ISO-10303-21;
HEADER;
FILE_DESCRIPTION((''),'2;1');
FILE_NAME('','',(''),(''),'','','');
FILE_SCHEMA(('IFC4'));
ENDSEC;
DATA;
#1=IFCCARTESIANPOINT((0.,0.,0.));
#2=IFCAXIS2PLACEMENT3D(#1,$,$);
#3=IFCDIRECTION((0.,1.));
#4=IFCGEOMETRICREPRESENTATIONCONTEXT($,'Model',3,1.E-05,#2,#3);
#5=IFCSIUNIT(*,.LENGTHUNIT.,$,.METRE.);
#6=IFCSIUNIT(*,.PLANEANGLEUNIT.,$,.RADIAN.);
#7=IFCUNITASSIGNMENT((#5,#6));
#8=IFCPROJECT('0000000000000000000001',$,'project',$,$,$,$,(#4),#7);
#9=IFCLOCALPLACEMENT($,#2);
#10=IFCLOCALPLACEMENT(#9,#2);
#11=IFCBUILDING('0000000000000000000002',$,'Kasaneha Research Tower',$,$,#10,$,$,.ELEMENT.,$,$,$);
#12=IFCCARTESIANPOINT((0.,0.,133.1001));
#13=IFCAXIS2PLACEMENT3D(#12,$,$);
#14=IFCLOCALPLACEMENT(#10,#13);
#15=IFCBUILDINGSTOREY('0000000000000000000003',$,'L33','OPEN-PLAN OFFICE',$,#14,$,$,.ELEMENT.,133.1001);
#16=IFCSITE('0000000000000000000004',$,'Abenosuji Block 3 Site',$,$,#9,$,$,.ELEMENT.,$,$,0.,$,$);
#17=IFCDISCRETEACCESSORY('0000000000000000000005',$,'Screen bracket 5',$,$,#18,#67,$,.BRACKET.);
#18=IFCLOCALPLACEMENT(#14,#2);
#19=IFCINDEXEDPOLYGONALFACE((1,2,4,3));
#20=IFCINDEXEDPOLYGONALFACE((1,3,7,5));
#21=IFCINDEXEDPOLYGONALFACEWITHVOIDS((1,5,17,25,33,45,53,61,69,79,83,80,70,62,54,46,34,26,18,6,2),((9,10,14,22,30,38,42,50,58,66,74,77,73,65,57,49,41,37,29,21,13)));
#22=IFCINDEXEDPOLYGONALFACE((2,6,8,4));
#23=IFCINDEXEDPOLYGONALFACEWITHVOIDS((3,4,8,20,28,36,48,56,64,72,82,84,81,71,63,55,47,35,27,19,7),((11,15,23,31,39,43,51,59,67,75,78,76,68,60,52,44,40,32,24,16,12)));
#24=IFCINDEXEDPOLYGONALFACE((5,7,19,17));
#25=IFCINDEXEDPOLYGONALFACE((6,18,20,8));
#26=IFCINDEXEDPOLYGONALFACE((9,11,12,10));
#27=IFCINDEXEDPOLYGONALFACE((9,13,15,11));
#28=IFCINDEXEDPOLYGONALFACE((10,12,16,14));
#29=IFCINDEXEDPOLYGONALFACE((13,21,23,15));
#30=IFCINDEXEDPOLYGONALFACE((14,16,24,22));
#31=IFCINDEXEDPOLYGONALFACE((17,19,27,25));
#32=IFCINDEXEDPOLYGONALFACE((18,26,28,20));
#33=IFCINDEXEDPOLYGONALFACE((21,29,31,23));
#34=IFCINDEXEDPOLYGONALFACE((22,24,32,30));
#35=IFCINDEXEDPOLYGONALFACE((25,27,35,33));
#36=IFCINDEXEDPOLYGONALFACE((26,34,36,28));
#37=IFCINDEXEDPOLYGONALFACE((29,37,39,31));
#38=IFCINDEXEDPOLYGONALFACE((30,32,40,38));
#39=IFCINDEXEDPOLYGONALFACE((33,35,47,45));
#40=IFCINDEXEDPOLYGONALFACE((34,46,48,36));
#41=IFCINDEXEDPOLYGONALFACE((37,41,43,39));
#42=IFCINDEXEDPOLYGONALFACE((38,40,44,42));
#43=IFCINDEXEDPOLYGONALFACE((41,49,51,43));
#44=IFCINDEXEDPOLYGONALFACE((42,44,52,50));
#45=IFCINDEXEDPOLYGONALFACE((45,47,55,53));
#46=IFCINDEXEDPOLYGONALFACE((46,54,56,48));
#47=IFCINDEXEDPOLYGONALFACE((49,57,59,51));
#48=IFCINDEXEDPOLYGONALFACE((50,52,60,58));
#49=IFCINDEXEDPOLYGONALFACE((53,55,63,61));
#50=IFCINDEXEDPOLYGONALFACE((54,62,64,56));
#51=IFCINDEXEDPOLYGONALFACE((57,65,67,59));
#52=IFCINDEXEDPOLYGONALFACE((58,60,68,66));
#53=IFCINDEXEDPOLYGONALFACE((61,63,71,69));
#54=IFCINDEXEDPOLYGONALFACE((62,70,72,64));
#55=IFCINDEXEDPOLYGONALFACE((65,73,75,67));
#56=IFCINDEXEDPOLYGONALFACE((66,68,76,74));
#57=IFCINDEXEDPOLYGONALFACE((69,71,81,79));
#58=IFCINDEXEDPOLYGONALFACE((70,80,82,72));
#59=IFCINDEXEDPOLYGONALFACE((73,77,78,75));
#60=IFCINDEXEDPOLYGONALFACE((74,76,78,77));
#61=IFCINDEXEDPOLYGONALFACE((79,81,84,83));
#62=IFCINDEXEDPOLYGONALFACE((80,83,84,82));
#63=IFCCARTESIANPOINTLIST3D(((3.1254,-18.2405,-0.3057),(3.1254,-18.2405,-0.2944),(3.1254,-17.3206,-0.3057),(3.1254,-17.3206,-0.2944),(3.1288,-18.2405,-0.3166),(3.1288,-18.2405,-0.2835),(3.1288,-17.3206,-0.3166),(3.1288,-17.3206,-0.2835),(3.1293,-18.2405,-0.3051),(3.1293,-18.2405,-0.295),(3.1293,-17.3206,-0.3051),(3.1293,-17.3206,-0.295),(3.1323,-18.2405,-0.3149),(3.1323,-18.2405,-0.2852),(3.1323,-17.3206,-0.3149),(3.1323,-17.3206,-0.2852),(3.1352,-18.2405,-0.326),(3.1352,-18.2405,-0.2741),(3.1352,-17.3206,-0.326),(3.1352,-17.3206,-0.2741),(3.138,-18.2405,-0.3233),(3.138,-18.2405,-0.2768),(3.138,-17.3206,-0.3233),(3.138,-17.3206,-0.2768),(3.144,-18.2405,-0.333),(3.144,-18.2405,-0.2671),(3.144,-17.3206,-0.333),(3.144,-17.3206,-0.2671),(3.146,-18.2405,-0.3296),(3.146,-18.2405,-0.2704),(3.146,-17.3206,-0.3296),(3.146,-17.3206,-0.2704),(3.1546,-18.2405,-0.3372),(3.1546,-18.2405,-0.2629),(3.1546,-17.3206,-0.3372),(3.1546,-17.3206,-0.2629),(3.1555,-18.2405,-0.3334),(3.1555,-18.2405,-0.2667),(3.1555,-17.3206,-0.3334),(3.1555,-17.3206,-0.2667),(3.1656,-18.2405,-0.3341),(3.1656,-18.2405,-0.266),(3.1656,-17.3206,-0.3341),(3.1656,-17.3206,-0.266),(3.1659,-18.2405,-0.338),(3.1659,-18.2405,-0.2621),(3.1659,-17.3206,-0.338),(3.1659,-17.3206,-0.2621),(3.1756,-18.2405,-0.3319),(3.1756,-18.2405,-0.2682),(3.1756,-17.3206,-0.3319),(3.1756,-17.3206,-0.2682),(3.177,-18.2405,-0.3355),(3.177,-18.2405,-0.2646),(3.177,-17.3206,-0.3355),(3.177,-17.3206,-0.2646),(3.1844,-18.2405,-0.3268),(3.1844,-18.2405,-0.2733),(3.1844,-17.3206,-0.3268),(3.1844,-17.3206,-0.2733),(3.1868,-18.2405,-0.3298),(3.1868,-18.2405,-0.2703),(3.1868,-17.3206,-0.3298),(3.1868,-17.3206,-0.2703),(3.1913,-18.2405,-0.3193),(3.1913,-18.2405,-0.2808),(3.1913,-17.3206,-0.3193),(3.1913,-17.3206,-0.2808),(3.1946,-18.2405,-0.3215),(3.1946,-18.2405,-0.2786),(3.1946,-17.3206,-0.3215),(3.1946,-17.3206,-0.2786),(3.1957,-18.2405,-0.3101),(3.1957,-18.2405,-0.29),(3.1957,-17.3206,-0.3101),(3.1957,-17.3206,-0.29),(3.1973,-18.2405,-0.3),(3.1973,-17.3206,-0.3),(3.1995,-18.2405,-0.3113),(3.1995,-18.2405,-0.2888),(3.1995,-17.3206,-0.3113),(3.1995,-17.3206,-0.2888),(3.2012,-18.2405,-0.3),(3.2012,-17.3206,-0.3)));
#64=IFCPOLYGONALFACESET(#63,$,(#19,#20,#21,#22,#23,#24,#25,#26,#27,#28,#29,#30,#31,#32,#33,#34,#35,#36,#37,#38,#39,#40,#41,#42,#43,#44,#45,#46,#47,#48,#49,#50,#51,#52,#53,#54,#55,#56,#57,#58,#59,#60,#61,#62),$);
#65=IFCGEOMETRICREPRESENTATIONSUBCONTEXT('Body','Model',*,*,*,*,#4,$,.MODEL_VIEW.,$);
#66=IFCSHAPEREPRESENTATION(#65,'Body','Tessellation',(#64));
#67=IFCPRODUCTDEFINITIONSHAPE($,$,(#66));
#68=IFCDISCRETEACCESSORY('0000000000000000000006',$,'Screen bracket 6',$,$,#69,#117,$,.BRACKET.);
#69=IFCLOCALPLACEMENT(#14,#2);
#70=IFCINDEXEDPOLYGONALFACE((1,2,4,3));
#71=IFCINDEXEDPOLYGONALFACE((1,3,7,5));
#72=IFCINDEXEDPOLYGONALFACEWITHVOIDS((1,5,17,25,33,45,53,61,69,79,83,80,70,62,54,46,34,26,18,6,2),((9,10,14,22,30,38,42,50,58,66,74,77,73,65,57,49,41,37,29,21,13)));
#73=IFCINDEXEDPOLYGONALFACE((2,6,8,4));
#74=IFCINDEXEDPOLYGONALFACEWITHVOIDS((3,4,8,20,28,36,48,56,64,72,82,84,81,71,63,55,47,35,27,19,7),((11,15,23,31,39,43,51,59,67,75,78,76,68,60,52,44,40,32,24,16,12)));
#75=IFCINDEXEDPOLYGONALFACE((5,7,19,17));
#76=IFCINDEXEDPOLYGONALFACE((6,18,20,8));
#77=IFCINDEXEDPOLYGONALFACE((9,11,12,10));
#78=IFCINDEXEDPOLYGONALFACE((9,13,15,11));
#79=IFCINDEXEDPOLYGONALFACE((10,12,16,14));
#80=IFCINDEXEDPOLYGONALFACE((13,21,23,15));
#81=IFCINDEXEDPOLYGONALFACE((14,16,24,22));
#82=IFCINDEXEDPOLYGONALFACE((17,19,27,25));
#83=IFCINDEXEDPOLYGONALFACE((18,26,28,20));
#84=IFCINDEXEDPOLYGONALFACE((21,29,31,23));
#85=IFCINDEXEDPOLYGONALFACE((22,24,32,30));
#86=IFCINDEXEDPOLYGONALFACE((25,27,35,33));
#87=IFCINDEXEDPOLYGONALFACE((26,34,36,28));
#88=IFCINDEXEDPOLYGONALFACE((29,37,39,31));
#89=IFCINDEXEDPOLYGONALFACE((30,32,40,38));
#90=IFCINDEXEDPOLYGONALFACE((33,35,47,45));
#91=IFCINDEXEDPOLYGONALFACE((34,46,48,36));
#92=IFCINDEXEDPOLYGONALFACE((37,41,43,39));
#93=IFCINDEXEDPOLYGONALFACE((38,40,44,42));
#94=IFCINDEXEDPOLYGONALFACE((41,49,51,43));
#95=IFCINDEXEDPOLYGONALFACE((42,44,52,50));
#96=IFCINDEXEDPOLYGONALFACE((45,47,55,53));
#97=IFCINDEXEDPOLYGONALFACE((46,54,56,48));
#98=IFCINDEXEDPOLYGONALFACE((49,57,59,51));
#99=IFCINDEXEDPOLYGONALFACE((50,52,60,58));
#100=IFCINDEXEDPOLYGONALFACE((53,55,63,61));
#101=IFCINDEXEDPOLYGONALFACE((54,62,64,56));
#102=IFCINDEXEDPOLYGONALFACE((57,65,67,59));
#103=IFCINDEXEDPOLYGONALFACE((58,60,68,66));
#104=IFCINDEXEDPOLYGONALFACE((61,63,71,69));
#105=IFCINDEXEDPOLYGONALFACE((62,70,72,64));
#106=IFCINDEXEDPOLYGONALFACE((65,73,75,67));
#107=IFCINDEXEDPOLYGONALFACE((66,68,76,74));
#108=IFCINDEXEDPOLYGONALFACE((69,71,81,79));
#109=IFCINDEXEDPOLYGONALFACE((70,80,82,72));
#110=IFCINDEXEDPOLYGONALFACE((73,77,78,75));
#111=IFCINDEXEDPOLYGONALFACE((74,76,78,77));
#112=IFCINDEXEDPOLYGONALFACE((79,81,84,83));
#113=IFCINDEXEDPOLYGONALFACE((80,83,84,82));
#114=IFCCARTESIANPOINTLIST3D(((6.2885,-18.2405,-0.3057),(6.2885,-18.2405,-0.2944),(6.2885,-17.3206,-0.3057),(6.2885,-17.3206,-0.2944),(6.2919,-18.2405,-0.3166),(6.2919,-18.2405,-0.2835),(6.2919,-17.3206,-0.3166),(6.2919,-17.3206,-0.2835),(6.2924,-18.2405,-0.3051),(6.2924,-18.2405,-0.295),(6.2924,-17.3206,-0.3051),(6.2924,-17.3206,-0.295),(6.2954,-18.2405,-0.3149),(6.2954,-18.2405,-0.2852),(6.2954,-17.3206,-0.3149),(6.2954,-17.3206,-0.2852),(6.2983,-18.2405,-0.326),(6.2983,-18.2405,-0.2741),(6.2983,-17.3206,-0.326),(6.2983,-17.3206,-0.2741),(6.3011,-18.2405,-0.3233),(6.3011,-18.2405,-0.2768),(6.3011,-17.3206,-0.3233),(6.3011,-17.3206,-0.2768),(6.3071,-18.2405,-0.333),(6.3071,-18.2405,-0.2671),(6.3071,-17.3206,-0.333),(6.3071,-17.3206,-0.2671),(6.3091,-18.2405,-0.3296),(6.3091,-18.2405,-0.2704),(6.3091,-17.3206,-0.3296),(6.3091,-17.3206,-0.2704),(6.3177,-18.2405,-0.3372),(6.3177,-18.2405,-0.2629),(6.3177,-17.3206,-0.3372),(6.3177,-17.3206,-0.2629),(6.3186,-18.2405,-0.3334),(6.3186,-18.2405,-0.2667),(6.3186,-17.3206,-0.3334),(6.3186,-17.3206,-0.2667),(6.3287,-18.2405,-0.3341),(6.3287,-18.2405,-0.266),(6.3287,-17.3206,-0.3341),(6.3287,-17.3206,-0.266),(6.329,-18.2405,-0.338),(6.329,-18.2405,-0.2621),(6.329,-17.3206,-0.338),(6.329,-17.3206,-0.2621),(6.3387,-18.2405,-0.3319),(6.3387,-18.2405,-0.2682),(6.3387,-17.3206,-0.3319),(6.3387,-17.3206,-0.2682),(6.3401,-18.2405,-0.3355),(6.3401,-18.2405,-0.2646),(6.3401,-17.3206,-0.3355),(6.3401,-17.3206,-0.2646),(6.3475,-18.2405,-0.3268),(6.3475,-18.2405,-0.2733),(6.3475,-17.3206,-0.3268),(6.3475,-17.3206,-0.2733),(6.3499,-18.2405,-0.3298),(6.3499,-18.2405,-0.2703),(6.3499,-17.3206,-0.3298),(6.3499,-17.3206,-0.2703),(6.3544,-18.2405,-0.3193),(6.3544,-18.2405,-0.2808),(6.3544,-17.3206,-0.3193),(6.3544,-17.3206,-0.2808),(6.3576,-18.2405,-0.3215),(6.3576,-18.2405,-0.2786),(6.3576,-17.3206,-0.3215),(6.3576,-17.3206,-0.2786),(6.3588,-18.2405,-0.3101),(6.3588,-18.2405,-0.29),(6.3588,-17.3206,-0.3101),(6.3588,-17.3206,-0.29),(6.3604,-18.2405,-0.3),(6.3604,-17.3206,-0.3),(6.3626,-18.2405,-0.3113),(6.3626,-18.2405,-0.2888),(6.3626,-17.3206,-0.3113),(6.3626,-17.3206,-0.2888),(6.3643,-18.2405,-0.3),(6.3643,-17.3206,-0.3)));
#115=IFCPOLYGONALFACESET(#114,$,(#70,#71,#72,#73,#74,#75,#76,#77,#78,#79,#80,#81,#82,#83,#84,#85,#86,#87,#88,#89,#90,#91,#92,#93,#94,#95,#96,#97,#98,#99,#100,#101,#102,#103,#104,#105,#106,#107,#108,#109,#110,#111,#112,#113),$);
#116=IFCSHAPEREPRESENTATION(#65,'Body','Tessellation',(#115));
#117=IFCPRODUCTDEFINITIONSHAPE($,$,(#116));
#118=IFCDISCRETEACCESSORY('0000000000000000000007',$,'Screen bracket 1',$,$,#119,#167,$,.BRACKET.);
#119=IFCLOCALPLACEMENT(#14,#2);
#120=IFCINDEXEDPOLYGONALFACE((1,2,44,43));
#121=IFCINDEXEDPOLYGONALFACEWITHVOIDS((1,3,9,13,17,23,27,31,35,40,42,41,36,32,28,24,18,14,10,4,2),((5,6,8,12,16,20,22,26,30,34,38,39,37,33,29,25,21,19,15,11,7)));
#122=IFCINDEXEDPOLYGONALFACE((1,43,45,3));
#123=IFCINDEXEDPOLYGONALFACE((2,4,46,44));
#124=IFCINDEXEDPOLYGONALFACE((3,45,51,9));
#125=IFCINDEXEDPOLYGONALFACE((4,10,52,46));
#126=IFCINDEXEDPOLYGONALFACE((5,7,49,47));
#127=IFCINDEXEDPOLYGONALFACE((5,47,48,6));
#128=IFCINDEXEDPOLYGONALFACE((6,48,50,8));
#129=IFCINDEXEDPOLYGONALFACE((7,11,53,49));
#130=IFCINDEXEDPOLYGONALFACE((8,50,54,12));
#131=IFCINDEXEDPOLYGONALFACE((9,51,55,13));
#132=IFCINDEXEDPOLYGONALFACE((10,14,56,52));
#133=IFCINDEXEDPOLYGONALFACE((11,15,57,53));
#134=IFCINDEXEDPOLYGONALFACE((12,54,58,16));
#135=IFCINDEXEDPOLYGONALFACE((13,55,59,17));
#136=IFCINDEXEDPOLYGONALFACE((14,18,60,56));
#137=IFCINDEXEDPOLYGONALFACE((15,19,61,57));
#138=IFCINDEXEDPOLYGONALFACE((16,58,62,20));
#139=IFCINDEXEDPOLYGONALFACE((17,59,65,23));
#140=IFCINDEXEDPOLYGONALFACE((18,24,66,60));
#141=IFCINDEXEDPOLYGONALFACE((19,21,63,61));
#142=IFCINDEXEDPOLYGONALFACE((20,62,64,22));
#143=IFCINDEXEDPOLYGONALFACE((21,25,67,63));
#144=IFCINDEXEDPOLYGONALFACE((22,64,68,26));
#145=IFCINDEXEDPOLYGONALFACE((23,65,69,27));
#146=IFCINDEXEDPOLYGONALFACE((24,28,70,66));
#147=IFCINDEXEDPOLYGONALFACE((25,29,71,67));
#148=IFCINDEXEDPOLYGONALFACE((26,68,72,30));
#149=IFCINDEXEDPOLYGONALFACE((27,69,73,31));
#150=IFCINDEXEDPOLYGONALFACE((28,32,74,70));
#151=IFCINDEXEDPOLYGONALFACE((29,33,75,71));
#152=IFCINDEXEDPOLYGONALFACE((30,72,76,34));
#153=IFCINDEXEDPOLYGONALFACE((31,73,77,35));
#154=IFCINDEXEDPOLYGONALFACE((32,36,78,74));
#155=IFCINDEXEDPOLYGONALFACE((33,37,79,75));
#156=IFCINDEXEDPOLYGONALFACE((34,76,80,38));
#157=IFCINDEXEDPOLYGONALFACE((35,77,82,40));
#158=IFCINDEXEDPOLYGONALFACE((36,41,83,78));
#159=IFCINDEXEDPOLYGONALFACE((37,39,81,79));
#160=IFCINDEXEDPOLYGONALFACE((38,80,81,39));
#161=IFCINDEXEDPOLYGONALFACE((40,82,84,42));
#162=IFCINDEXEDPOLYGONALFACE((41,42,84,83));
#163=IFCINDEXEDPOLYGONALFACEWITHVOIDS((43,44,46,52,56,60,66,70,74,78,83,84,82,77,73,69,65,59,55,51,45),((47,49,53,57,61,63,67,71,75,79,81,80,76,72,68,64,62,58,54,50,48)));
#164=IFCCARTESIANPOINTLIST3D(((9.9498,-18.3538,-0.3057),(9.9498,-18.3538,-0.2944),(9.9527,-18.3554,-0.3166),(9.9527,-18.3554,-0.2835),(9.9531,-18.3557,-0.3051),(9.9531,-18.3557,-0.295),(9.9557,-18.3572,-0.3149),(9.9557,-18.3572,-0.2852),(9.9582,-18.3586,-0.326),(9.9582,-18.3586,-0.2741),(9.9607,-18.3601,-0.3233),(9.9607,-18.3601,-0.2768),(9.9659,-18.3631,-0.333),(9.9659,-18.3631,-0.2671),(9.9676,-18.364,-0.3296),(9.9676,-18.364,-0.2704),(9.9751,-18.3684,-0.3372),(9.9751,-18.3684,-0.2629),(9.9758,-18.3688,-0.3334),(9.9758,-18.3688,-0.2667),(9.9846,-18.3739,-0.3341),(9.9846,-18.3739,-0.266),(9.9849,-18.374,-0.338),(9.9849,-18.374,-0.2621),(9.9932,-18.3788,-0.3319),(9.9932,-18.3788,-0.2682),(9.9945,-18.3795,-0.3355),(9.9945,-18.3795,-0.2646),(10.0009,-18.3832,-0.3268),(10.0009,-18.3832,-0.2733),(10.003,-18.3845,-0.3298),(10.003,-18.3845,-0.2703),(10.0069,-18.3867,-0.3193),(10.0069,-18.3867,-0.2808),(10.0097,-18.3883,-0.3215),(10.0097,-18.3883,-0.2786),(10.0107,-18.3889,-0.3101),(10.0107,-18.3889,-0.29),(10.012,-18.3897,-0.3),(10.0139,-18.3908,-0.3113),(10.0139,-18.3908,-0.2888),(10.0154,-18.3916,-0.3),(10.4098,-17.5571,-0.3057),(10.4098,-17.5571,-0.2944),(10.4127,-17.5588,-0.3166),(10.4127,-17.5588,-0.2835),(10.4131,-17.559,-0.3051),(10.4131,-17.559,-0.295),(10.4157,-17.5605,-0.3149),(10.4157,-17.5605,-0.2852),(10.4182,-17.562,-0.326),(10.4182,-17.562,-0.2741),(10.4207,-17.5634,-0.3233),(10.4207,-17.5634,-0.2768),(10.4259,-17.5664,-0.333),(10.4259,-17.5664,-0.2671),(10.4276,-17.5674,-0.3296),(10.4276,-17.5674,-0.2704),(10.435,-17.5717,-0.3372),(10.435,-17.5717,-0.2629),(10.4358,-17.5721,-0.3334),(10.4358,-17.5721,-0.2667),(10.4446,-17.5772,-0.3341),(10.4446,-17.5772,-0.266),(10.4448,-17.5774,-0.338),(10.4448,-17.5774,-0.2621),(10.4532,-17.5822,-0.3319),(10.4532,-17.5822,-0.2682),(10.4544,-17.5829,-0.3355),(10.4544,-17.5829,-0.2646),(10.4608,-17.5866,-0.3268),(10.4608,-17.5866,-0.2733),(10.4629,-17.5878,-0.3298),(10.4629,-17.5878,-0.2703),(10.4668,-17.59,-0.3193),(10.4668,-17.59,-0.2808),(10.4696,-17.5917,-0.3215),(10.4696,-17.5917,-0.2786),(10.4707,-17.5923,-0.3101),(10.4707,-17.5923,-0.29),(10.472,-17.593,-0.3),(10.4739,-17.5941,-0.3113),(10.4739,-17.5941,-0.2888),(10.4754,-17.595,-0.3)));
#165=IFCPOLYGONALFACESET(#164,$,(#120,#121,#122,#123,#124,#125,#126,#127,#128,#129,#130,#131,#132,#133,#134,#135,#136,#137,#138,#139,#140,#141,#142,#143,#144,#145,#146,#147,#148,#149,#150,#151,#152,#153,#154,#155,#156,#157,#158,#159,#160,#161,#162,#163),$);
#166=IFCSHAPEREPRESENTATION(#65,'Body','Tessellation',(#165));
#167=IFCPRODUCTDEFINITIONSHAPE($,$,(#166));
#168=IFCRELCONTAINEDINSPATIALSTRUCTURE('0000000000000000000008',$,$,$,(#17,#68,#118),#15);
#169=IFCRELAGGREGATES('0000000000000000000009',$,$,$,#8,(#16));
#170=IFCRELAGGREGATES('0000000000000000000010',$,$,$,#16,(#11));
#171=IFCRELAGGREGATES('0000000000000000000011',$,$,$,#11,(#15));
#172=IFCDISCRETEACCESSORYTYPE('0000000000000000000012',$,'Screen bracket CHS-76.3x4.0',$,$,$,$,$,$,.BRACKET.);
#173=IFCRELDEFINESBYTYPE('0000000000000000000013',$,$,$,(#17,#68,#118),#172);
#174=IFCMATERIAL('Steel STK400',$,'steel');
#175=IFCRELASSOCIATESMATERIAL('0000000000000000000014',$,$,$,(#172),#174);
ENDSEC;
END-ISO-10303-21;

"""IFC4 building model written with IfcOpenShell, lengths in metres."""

from ifc_helpers import new_model, si_unit, direction, frame, origin, origin_2d, place, context, subcontext, project, spatial, hollow_circle, extrude, material, material_profile, profile_set, type_object, element, save


model = new_model("IFC4")

# Units and contexts
model_context = context("Model", 3, precision=1e-05, world=origin(), true_north=direction((0.0, 1.0)))
body_context = subcontext(model_context, "Body", "Model", "MODEL_VIEW")
ifc_project = project(units=[si_unit("LENGTHUNIT", "METRE"), si_unit("PLANEANGLEUNIT", "RADIAN")], contexts=[model_context])

# Site, building, storey
site_placement = place(None, origin())
site = spatial("IfcSite", under=ifc_project, at=site_placement, Name="Abenosuji Block 3 Site", CompositionType="ELEMENT", RefElevation=0.0)
building_placement = place(site_placement, origin())
building = spatial("IfcBuilding", under=site, at=building_placement, Name="Kasaneha Research Tower", CompositionType="ELEMENT")
storey_placement = place(building_placement, frame((0.0, 0.0, 133.1001)))
storey = spatial("IfcBuildingStorey", under=building, at=storey_placement, Name="L33", Description="OPEN-PLAN OFFICE", CompositionType="ELEMENT", Elevation=133.1001)

# Discrete accessories
ifc_material_1 = material(Name="Steel STK400", Category="steel")
ifc_material_profile_1 = material_profile(ifc_material_1, hollow_circle(Radius=0.0381, WallThickness=0.0039, at=origin_2d()), Name="CHS-76.3x4.0")
ifc_profile_set_1 = profile_set([ifc_material_profile_1], Name="Steel STK400")
discrete_accessory_type = type_object("IfcDiscreteAccessoryType", Name="Screen bracket CHS-76.3x4.0", PredefinedType="BRACKET", material=ifc_profile_set_1)
for number, where, z_axis, x_axis, name in (
    (1, (3.1631, -17.3206, -0.3), (0.0, -1.0, 0.0), (1.0, 0.0, 0.0), "Screen bracket 5"),
    (2, (6.3262, -17.3206, -0.3), (0.0, -1.0, 0.0), (1.0, 0.0, 0.0), "Screen bracket 6"),
    (3, (10.4424, -17.5759, -0.3), (-0.500021, -0.866013, 0.0), (0.866013, -0.500021, 0.0), "Screen bracket 1"),
):
    element("IfcDiscreteAccessory", number, at=place(storey_placement, frame(where, z_axis=z_axis, x_axis=x_axis)), inside=storey, type_object=discrete_accessory_type, Name=name, PredefinedType="BRACKET", context=body_context, shape_type="SweptSolid", body=[
        extrude(hollow_circle(Radius=0.0381, WallThickness=0.0039, at=origin_2d()), origin(), (0.0, 0.0, 1.0), 0.9199),
    ])

save(model, "model.ifc")
